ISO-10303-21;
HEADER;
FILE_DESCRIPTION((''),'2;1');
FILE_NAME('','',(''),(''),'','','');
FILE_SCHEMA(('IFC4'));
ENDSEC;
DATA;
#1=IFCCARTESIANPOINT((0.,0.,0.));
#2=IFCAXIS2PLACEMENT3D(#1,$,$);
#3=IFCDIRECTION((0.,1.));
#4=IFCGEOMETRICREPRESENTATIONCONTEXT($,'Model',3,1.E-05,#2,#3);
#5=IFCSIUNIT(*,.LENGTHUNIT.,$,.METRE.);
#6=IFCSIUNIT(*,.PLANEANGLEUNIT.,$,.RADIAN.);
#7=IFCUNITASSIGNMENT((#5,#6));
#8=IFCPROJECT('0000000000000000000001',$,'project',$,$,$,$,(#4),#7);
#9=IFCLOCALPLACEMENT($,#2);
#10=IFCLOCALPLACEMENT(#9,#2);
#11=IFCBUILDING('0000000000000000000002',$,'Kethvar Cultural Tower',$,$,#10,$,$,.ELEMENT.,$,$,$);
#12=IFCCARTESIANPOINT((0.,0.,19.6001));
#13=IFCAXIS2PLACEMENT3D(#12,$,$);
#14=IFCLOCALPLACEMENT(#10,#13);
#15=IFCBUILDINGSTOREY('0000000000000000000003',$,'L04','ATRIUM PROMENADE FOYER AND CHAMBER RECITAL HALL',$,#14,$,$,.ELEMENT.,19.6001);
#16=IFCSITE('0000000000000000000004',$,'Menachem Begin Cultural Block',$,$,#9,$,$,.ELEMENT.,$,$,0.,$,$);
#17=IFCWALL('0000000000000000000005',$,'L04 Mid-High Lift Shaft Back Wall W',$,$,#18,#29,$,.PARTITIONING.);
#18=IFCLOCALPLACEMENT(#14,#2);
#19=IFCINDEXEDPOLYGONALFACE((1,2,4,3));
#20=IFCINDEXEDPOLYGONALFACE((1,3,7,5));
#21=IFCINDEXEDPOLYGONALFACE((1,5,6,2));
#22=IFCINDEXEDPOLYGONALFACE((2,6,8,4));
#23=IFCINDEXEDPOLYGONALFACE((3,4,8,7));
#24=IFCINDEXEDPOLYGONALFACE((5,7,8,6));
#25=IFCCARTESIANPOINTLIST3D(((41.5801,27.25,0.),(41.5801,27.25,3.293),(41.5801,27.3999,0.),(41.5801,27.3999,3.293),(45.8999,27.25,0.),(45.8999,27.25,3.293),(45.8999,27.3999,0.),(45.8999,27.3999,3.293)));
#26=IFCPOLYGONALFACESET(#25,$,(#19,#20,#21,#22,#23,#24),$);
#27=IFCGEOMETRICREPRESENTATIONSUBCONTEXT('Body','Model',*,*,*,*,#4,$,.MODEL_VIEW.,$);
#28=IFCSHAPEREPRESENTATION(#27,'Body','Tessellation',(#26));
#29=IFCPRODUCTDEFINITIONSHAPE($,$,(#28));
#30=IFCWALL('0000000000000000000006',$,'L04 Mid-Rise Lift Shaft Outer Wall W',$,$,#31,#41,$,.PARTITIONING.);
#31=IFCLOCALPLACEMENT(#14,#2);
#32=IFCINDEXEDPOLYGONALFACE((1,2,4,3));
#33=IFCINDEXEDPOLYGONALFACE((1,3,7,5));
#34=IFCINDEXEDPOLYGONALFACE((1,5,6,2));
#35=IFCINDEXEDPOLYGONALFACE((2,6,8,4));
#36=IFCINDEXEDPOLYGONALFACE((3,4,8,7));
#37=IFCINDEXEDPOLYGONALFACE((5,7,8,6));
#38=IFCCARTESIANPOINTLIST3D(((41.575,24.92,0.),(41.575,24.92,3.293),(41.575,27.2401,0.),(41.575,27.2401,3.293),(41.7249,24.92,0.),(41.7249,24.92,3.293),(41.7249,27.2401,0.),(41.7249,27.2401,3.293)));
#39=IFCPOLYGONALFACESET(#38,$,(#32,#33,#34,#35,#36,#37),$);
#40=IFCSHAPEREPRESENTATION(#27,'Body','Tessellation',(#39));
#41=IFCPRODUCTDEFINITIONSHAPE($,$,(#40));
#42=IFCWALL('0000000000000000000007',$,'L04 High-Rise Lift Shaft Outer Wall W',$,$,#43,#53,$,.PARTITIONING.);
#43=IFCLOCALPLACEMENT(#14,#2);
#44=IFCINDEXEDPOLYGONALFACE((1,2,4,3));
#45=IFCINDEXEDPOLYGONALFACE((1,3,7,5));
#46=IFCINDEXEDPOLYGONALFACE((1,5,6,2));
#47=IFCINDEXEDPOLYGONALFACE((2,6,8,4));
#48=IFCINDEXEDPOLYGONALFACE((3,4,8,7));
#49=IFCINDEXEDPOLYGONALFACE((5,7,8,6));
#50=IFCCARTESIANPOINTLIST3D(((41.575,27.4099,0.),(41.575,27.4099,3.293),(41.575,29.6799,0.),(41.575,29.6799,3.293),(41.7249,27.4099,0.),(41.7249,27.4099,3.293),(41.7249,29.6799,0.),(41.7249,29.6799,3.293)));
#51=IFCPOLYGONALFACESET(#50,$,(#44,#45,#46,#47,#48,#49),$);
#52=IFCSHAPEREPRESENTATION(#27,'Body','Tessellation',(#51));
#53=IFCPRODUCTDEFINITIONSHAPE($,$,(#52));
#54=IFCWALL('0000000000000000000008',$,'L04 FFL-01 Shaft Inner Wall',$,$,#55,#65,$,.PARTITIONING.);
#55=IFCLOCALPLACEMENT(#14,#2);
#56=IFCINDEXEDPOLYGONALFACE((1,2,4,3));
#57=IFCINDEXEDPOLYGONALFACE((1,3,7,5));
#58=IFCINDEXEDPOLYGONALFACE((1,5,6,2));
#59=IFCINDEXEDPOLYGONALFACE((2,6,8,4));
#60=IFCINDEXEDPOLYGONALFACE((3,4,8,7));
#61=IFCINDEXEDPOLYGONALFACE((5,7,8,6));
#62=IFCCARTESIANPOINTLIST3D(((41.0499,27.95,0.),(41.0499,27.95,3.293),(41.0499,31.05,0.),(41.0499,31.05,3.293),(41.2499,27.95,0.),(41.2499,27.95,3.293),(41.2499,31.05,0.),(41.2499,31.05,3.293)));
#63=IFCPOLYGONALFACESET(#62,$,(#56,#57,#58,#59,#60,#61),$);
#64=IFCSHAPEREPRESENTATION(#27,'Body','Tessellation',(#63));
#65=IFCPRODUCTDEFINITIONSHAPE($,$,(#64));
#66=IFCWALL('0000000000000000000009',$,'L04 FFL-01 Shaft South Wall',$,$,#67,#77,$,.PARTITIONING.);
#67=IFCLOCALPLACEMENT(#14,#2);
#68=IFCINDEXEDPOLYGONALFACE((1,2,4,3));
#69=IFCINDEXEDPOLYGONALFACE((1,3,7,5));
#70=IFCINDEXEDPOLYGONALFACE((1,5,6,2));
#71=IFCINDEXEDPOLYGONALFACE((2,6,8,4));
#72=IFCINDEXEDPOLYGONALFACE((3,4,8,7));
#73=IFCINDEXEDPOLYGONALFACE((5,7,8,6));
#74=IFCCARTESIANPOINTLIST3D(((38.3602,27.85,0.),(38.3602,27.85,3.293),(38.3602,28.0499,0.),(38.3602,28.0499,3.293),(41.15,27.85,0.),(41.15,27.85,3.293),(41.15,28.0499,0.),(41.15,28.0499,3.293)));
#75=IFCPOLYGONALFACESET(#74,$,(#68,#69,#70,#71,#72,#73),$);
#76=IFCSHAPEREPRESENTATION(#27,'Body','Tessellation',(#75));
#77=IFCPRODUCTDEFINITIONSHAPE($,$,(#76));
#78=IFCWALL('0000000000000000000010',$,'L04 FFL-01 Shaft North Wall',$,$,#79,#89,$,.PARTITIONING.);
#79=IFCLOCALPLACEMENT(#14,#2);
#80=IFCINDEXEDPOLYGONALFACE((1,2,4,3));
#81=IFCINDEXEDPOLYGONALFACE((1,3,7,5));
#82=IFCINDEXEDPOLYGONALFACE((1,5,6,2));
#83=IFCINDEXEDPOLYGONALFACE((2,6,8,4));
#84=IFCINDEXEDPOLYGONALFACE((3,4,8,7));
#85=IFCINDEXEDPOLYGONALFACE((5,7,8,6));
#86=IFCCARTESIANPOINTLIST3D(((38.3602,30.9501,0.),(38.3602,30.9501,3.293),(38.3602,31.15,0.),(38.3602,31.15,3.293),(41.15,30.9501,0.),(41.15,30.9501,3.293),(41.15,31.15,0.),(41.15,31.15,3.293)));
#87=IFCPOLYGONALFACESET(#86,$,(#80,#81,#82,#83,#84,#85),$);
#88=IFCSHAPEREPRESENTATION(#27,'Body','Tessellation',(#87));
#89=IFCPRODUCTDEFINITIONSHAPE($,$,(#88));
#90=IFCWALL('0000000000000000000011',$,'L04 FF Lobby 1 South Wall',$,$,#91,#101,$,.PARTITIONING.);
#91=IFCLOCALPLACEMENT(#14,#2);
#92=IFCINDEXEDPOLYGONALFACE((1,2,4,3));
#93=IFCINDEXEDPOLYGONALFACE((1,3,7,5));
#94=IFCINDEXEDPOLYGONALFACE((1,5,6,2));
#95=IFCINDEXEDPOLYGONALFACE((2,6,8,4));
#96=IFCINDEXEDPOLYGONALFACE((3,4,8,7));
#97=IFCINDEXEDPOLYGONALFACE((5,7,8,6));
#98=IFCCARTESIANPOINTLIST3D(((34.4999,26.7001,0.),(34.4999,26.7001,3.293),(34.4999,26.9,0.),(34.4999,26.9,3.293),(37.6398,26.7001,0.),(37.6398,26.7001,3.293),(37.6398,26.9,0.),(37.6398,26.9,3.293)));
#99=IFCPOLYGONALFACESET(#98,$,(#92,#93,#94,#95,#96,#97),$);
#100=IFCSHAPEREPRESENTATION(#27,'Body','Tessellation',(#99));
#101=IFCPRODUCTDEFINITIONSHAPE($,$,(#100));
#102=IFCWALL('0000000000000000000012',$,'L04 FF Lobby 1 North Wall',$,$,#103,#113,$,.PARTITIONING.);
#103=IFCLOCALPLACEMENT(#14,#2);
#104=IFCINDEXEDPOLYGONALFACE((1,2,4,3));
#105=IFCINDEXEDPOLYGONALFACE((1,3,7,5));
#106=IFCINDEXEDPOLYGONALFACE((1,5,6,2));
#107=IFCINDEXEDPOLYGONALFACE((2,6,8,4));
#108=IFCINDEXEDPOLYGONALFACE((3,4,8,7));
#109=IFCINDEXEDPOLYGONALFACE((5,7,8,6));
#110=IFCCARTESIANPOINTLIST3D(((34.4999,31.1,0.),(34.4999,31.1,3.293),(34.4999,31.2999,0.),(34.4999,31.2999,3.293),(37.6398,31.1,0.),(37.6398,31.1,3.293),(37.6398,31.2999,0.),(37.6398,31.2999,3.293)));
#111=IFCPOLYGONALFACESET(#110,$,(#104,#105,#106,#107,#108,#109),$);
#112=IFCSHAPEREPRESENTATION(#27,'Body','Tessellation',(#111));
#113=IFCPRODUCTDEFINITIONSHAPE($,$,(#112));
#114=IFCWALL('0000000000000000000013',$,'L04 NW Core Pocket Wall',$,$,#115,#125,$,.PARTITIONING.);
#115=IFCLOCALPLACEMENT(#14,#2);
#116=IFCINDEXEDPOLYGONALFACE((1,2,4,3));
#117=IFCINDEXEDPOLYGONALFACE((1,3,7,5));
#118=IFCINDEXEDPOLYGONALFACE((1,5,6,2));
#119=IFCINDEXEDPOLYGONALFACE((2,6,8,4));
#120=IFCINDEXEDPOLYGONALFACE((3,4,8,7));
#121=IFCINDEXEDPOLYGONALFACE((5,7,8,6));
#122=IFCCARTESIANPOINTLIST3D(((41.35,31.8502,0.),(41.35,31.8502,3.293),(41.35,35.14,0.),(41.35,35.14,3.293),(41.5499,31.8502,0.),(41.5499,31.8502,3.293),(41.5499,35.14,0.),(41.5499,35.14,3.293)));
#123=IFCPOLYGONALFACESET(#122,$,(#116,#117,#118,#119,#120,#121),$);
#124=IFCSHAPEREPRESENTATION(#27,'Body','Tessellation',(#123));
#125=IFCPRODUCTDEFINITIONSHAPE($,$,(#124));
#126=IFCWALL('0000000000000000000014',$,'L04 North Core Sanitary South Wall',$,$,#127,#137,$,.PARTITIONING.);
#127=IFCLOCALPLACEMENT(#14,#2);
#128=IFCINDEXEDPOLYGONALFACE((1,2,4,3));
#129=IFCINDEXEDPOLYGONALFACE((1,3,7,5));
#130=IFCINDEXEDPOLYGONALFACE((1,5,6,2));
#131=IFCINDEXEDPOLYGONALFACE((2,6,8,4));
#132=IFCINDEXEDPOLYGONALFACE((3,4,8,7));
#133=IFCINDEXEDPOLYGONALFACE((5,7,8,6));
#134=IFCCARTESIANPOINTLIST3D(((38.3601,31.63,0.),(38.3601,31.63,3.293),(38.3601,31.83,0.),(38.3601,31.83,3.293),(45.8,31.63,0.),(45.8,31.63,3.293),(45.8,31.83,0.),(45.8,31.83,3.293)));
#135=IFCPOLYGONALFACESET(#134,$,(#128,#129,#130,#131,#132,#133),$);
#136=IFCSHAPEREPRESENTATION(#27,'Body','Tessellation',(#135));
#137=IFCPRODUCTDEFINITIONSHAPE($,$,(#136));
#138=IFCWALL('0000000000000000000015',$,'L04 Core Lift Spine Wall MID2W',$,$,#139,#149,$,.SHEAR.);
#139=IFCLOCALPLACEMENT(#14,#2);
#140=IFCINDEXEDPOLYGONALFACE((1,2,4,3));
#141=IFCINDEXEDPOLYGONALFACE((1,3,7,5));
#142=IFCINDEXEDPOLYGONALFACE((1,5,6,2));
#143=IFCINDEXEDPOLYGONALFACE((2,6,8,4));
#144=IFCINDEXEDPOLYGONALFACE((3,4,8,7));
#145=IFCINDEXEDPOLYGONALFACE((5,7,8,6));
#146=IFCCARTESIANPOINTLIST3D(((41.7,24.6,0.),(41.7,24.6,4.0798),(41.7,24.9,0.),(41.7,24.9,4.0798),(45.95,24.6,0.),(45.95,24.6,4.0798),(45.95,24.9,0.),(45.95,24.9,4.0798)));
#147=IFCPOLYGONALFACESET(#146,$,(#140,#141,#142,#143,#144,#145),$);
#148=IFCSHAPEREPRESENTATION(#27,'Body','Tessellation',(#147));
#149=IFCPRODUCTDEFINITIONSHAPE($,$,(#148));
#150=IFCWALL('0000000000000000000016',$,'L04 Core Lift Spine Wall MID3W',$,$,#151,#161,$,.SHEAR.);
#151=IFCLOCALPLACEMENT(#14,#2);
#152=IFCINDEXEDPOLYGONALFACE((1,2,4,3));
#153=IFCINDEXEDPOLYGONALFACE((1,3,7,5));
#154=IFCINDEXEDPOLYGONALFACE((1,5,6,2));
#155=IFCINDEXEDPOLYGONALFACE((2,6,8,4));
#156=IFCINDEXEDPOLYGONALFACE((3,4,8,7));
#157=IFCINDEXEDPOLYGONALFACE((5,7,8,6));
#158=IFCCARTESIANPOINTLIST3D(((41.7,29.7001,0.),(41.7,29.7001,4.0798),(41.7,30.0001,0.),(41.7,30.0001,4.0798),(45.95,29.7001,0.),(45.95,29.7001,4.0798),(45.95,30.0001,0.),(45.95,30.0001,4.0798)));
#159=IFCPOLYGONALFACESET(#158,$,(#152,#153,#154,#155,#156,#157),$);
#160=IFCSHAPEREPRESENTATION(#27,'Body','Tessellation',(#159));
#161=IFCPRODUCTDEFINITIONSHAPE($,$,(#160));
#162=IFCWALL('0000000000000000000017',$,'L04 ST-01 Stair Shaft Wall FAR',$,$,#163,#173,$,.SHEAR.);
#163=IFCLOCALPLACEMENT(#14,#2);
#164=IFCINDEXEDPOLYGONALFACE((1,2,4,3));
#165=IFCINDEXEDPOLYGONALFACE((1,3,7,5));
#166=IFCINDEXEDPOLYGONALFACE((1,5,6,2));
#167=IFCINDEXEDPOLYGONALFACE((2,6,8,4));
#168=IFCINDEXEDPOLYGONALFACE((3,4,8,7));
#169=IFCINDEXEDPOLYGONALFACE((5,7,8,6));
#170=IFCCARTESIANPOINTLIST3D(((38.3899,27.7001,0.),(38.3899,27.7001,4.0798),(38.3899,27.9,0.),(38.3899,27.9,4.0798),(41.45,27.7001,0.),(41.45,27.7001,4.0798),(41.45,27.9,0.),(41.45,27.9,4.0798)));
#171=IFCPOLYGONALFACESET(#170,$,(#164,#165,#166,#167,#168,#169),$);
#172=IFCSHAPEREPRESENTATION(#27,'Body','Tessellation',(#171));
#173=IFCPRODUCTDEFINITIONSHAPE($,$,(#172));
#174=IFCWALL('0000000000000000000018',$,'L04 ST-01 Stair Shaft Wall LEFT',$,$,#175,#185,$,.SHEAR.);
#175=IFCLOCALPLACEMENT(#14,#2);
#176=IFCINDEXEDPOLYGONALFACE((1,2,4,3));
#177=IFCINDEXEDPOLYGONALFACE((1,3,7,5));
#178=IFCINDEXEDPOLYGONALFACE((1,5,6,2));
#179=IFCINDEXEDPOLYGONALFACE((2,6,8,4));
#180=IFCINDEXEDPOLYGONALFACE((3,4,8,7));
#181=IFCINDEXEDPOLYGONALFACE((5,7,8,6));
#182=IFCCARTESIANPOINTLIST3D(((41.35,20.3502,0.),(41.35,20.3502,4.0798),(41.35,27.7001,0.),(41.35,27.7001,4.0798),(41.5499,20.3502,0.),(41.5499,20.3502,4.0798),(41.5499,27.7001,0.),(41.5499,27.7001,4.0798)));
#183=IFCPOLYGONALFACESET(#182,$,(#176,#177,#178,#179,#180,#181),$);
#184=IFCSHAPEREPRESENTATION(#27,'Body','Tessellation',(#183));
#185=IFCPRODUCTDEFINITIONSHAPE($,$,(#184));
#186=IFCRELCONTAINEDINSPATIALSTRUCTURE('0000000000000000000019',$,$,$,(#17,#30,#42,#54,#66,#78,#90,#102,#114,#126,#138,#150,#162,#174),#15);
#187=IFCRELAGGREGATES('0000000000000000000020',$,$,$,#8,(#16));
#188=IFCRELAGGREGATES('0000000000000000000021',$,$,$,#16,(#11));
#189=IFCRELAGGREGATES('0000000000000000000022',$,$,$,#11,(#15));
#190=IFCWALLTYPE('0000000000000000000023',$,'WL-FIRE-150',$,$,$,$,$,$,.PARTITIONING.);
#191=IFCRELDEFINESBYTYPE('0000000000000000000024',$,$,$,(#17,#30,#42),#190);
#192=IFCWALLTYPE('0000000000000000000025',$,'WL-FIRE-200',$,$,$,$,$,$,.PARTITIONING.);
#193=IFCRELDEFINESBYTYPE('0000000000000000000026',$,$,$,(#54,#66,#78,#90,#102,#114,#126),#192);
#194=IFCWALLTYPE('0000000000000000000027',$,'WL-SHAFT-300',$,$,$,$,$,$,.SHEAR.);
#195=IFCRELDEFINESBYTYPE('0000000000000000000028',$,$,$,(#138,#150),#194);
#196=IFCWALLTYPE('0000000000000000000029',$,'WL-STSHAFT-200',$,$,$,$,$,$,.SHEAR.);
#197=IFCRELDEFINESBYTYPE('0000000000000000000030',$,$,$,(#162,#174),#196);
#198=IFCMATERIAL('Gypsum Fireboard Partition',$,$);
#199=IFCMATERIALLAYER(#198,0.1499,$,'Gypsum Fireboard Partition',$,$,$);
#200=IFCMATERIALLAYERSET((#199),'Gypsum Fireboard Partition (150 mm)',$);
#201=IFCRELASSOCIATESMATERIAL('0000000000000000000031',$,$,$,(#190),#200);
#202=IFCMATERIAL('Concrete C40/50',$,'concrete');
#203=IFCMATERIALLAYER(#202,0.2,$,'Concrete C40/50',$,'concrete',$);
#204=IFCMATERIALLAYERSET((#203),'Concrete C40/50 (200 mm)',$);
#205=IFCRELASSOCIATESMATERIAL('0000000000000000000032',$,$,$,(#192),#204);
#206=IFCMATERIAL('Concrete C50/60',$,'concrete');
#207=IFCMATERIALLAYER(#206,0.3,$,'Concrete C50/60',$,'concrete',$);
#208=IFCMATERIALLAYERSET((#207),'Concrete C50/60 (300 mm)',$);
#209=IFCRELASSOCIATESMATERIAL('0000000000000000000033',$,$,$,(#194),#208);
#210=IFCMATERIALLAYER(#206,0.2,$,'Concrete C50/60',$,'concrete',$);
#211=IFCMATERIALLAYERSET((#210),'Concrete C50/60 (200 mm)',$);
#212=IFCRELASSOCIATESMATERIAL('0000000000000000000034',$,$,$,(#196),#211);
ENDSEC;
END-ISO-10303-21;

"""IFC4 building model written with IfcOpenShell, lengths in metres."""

from ifc_helpers import new_model, si_unit, direction, frame, frame_2d, origin, place, context, subcontext, project, spatial, rectangle, extrude, material, layer, layer_set, type_object, element, save


model = new_model("IFC4")

# Units and contexts
model_context = context("Model", 3, precision=1e-05, world=origin(), true_north=direction((0.0, 1.0)))
body_context = subcontext(model_context, "Body", "Model", "MODEL_VIEW")
ifc_project = project(units=[si_unit("LENGTHUNIT", "METRE"), si_unit("PLANEANGLEUNIT", "RADIAN")], contexts=[model_context])

# Site, building, storey
site_placement = place(None, origin())
site = spatial("IfcSite", under=ifc_project, at=site_placement, Name="Menachem Begin Cultural Block", CompositionType="ELEMENT", RefElevation=0.0)
building_placement = place(site_placement, origin())
building = spatial("IfcBuilding", under=site, at=building_placement, Name="Kethvar Cultural Tower", CompositionType="ELEMENT")
storey_placement = place(building_placement, frame((0.0, 0.0, 19.6001)))
storey = spatial("IfcBuildingStorey", under=building, at=storey_placement, Name="L04", Description="ATRIUM PROMENADE FOYER AND CHAMBER RECITAL HALL", CompositionType="ELEMENT", Elevation=19.6001)

# Walls
ifc_material_1 = material(Name="Gypsum Fireboard Partition")
ifc_layer_1 = layer(ifc_material_1, 0.1499, Name="Gypsum Fireboard Partition")
ifc_layer_set_1 = layer_set([ifc_layer_1], Name="Gypsum Fireboard Partition (150 mm)")
wall_type_1 = type_object("IfcWallType", Name="WL-FIRE-150", PredefinedType="PARTITIONING", material=ifc_layer_set_1)
wall_1_placement = place(storey_placement, frame((41.5801, 27.325, 0.0), z_axis=(0.0, 0.0, 1.0), x_axis=(1.0, 0.0, 0.0)))
element("IfcWall", 1, at=wall_1_placement, inside=storey, type_object=wall_type_1, Name="L04 Mid-High Lift Shaft Back Wall W", PredefinedType="PARTITIONING", context=body_context, shape_type="SweptSolid", body=[
    extrude(rectangle(XDim=4.3198, YDim=0.1499, at=frame_2d((2.1599, 0.0))), origin(), (0.0, 0.0, 1.0), 3.293),
])
wall_2_placement = place(storey_placement, frame((41.6499, 24.9199, 0.0), z_axis=(0.0, 0.0, 1.0), x_axis=(0.0, 1.0, 0.0)))
element("IfcWall", 2, at=wall_2_placement, inside=storey, type_object=wall_type_1, Name="L04 Mid-Rise Lift Shaft Outer Wall W", PredefinedType="PARTITIONING", context=body_context, shape_type="SweptSolid", body=[
    extrude(rectangle(XDim=2.3201, YDim=0.1499, at=frame_2d((1.1602, 0.0))), origin(), (0.0, 0.0, 1.0), 3.293),
])
wall_3_placement = place(storey_placement, frame((41.6499, 27.4099, 0.0), z_axis=(0.0, 0.0, 1.0), x_axis=(0.0, 1.0, 0.0)))
element("IfcWall", 3, at=wall_3_placement, inside=storey, type_object=wall_type_1, Name="L04 High-Rise Lift Shaft Outer Wall W", PredefinedType="PARTITIONING", context=body_context, shape_type="SweptSolid", body=[
    extrude(rectangle(XDim=2.27, YDim=0.1499, at=frame_2d((1.135, 0.0))), origin(), (0.0, 0.0, 1.0), 3.293),
])
ifc_material_2 = material(Name="Concrete C40/50", Category="concrete")
ifc_layer_2 = layer(ifc_material_2, 0.2, Name="Concrete C40/50", Category="concrete")
ifc_layer_set_2 = layer_set([ifc_layer_2], Name="Concrete C40/50 (200 mm)")
wall_type_2 = type_object("IfcWallType", Name="WL-FIRE-200", PredefinedType="PARTITIONING", material=ifc_layer_set_2)
wall_4_placement = place(storey_placement, frame((41.1499, 27.95, 0.0), z_axis=(0.0, 0.0, 1.0), x_axis=(0.0, 1.0, 0.0)))
element("IfcWall", 4, at=wall_4_placement, inside=storey, type_object=wall_type_2, Name="L04 FFL-01 Shaft Inner Wall", PredefinedType="PARTITIONING", context=body_context, shape_type="SweptSolid", body=[
    extrude(rectangle(XDim=3.1001, YDim=0.2, at=frame_2d((1.55, 0.0))), origin(), (0.0, 0.0, 1.0), 3.293),
])
for number, where, z_axis, x_axis, name in (
    (5, (38.3601, 27.95, 0.0), (0.0, 0.0, 1.0), (1.0, 0.0, 0.0), "L04 FFL-01 Shaft South Wall"),
    (6, (38.3601, 31.05, 0.0), (0.0, 0.0, 1.0), (1.0, 0.0, 0.0), "L04 FFL-01 Shaft North Wall"),
):
    element("IfcWall", number, at=place(storey_placement, frame(where, z_axis=z_axis, x_axis=x_axis)), inside=storey, type_object=wall_type_2, Name=name, PredefinedType="PARTITIONING", context=body_context, shape_type="SweptSolid", body=[
        extrude(rectangle(XDim=2.7898, YDim=0.2, at=frame_2d((1.395, 0.0))), origin(), (0.0, 0.0, 1.0), 3.293),
    ])

# Walls
for number, where, z_axis, x_axis, name in (
    (7, (34.5, 26.8, 0.0), (0.0, 0.0, 1.0), (1.0, 0.0, 0.0), "L04 FF Lobby 1 South Wall"),
    (8, (34.5, 31.2, 0.0), (0.0, 0.0, 1.0), (1.0, 0.0, 0.0), "L04 FF Lobby 1 North Wall"),
):
    element("IfcWall", number, at=place(storey_placement, frame(where, z_axis=z_axis, x_axis=x_axis)), inside=storey, type_object=wall_type_2, Name=name, PredefinedType="PARTITIONING", context=body_context, shape_type="SweptSolid", body=[
        extrude(rectangle(XDim=3.1399, YDim=0.2, at=frame_2d((1.5698, 0.0))), origin(), (0.0, 0.0, 1.0), 3.293),
    ])
wall_5_placement = place(storey_placement, frame((41.45, 31.8501, 0.0), z_axis=(0.0, 0.0, 1.0), x_axis=(0.0, 1.0, 0.0)))
element("IfcWall", 9, at=wall_5_placement, inside=storey, type_object=wall_type_2, Name="L04 NW Core Pocket Wall", PredefinedType="PARTITIONING", context=body_context, shape_type="SweptSolid", body=[
    extrude(rectangle(XDim=3.2898, YDim=0.2, at=frame_2d((1.645, 0.0))), origin(), (0.0, 0.0, 1.0), 3.293),
])
wall_6_placement = place(storey_placement, frame((38.3601, 31.73, 0.0), z_axis=(0.0, 0.0, 1.0), x_axis=(1.0, 0.0, 0.0)))
element("IfcWall", 10, at=wall_6_placement, inside=storey, type_object=wall_type_2, Name="L04 North Core Sanitary South Wall", PredefinedType="PARTITIONING", context=body_context, shape_type="SweptSolid", body=[
    extrude(rectangle(XDim=7.4399, YDim=0.2, at=frame_2d((3.72, 0.0))), origin(), (0.0, 0.0, 1.0), 3.293),
])
ifc_material_3 = material(Name="Concrete C50/60", Category="concrete")
ifc_layer_3 = layer(ifc_material_3, 0.3, Name="Concrete C50/60", Category="concrete")
ifc_layer_set_3 = layer_set([ifc_layer_3], Name="Concrete C50/60 (300 mm)")
wall_type_3 = type_object("IfcWallType", Name="WL-SHAFT-300", PredefinedType="SHEAR", material=ifc_layer_set_3)
for number, where, z_axis, x_axis, name in (
    (11, (41.7, 24.75, 0.0), (0.0, 0.0, 1.0), (1.0, 0.0, 0.0), "L04 Core Lift Spine Wall MID2W"),
    (12, (41.7, 29.8501, 0.0), (0.0, 0.0, 1.0), (1.0, 0.0, 0.0), "L04 Core Lift Spine Wall MID3W"),
):
    element("IfcWall", number, at=place(storey_placement, frame(where, z_axis=z_axis, x_axis=x_axis)), inside=storey, type_object=wall_type_3, Name=name, PredefinedType="SHEAR", context=body_context, shape_type="SweptSolid", body=[
        extrude(rectangle(XDim=4.25, YDim=0.3, at=frame_2d((2.125, 0.0))), origin(), (0.0, 0.0, 1.0), 4.0798),
    ])
ifc_layer_4 = layer(ifc_material_3, 0.2, Name="Concrete C50/60", Category="concrete")
ifc_layer_set_4 = layer_set([ifc_layer_4], Name="Concrete C50/60 (200 mm)")
wall_type_4 = type_object("IfcWallType", Name="WL-STSHAFT-200", PredefinedType="SHEAR", material=ifc_layer_set_4)
wall_7_placement = place(storey_placement, frame((38.3899, 27.8, 0.0), z_axis=(0.0, 0.0, 1.0), x_axis=(1.0, 0.0, 0.0)))
element("IfcWall", 13, at=wall_7_placement, inside=storey, type_object=wall_type_4, Name="L04 ST-01 Stair Shaft Wall FAR", PredefinedType="SHEAR", context=body_context, shape_type="SweptSolid", body=[
    extrude(rectangle(XDim=3.0601, YDim=0.2, at=frame_2d((1.53, 0.0))), origin(), (0.0, 0.0, 1.0), 4.0798),
])
wall_8_placement = place(storey_placement, frame((41.45, 27.7, 0.0), z_axis=(0.0, 0.0, 1.0), x_axis=(0.0, -1.0, 0.0)))
element("IfcWall", 14, at=wall_8_placement, inside=storey, type_object=wall_type_4, Name="L04 ST-01 Stair Shaft Wall LEFT", PredefinedType="SHEAR", context=body_context, shape_type="SweptSolid", body=[
    extrude(rectangle(XDim=7.3499, YDim=0.2, at=frame_2d((3.6748, 0.0))), origin(), (0.0, 0.0, 1.0), 4.0798),
])

save(model, "model.ifc")
